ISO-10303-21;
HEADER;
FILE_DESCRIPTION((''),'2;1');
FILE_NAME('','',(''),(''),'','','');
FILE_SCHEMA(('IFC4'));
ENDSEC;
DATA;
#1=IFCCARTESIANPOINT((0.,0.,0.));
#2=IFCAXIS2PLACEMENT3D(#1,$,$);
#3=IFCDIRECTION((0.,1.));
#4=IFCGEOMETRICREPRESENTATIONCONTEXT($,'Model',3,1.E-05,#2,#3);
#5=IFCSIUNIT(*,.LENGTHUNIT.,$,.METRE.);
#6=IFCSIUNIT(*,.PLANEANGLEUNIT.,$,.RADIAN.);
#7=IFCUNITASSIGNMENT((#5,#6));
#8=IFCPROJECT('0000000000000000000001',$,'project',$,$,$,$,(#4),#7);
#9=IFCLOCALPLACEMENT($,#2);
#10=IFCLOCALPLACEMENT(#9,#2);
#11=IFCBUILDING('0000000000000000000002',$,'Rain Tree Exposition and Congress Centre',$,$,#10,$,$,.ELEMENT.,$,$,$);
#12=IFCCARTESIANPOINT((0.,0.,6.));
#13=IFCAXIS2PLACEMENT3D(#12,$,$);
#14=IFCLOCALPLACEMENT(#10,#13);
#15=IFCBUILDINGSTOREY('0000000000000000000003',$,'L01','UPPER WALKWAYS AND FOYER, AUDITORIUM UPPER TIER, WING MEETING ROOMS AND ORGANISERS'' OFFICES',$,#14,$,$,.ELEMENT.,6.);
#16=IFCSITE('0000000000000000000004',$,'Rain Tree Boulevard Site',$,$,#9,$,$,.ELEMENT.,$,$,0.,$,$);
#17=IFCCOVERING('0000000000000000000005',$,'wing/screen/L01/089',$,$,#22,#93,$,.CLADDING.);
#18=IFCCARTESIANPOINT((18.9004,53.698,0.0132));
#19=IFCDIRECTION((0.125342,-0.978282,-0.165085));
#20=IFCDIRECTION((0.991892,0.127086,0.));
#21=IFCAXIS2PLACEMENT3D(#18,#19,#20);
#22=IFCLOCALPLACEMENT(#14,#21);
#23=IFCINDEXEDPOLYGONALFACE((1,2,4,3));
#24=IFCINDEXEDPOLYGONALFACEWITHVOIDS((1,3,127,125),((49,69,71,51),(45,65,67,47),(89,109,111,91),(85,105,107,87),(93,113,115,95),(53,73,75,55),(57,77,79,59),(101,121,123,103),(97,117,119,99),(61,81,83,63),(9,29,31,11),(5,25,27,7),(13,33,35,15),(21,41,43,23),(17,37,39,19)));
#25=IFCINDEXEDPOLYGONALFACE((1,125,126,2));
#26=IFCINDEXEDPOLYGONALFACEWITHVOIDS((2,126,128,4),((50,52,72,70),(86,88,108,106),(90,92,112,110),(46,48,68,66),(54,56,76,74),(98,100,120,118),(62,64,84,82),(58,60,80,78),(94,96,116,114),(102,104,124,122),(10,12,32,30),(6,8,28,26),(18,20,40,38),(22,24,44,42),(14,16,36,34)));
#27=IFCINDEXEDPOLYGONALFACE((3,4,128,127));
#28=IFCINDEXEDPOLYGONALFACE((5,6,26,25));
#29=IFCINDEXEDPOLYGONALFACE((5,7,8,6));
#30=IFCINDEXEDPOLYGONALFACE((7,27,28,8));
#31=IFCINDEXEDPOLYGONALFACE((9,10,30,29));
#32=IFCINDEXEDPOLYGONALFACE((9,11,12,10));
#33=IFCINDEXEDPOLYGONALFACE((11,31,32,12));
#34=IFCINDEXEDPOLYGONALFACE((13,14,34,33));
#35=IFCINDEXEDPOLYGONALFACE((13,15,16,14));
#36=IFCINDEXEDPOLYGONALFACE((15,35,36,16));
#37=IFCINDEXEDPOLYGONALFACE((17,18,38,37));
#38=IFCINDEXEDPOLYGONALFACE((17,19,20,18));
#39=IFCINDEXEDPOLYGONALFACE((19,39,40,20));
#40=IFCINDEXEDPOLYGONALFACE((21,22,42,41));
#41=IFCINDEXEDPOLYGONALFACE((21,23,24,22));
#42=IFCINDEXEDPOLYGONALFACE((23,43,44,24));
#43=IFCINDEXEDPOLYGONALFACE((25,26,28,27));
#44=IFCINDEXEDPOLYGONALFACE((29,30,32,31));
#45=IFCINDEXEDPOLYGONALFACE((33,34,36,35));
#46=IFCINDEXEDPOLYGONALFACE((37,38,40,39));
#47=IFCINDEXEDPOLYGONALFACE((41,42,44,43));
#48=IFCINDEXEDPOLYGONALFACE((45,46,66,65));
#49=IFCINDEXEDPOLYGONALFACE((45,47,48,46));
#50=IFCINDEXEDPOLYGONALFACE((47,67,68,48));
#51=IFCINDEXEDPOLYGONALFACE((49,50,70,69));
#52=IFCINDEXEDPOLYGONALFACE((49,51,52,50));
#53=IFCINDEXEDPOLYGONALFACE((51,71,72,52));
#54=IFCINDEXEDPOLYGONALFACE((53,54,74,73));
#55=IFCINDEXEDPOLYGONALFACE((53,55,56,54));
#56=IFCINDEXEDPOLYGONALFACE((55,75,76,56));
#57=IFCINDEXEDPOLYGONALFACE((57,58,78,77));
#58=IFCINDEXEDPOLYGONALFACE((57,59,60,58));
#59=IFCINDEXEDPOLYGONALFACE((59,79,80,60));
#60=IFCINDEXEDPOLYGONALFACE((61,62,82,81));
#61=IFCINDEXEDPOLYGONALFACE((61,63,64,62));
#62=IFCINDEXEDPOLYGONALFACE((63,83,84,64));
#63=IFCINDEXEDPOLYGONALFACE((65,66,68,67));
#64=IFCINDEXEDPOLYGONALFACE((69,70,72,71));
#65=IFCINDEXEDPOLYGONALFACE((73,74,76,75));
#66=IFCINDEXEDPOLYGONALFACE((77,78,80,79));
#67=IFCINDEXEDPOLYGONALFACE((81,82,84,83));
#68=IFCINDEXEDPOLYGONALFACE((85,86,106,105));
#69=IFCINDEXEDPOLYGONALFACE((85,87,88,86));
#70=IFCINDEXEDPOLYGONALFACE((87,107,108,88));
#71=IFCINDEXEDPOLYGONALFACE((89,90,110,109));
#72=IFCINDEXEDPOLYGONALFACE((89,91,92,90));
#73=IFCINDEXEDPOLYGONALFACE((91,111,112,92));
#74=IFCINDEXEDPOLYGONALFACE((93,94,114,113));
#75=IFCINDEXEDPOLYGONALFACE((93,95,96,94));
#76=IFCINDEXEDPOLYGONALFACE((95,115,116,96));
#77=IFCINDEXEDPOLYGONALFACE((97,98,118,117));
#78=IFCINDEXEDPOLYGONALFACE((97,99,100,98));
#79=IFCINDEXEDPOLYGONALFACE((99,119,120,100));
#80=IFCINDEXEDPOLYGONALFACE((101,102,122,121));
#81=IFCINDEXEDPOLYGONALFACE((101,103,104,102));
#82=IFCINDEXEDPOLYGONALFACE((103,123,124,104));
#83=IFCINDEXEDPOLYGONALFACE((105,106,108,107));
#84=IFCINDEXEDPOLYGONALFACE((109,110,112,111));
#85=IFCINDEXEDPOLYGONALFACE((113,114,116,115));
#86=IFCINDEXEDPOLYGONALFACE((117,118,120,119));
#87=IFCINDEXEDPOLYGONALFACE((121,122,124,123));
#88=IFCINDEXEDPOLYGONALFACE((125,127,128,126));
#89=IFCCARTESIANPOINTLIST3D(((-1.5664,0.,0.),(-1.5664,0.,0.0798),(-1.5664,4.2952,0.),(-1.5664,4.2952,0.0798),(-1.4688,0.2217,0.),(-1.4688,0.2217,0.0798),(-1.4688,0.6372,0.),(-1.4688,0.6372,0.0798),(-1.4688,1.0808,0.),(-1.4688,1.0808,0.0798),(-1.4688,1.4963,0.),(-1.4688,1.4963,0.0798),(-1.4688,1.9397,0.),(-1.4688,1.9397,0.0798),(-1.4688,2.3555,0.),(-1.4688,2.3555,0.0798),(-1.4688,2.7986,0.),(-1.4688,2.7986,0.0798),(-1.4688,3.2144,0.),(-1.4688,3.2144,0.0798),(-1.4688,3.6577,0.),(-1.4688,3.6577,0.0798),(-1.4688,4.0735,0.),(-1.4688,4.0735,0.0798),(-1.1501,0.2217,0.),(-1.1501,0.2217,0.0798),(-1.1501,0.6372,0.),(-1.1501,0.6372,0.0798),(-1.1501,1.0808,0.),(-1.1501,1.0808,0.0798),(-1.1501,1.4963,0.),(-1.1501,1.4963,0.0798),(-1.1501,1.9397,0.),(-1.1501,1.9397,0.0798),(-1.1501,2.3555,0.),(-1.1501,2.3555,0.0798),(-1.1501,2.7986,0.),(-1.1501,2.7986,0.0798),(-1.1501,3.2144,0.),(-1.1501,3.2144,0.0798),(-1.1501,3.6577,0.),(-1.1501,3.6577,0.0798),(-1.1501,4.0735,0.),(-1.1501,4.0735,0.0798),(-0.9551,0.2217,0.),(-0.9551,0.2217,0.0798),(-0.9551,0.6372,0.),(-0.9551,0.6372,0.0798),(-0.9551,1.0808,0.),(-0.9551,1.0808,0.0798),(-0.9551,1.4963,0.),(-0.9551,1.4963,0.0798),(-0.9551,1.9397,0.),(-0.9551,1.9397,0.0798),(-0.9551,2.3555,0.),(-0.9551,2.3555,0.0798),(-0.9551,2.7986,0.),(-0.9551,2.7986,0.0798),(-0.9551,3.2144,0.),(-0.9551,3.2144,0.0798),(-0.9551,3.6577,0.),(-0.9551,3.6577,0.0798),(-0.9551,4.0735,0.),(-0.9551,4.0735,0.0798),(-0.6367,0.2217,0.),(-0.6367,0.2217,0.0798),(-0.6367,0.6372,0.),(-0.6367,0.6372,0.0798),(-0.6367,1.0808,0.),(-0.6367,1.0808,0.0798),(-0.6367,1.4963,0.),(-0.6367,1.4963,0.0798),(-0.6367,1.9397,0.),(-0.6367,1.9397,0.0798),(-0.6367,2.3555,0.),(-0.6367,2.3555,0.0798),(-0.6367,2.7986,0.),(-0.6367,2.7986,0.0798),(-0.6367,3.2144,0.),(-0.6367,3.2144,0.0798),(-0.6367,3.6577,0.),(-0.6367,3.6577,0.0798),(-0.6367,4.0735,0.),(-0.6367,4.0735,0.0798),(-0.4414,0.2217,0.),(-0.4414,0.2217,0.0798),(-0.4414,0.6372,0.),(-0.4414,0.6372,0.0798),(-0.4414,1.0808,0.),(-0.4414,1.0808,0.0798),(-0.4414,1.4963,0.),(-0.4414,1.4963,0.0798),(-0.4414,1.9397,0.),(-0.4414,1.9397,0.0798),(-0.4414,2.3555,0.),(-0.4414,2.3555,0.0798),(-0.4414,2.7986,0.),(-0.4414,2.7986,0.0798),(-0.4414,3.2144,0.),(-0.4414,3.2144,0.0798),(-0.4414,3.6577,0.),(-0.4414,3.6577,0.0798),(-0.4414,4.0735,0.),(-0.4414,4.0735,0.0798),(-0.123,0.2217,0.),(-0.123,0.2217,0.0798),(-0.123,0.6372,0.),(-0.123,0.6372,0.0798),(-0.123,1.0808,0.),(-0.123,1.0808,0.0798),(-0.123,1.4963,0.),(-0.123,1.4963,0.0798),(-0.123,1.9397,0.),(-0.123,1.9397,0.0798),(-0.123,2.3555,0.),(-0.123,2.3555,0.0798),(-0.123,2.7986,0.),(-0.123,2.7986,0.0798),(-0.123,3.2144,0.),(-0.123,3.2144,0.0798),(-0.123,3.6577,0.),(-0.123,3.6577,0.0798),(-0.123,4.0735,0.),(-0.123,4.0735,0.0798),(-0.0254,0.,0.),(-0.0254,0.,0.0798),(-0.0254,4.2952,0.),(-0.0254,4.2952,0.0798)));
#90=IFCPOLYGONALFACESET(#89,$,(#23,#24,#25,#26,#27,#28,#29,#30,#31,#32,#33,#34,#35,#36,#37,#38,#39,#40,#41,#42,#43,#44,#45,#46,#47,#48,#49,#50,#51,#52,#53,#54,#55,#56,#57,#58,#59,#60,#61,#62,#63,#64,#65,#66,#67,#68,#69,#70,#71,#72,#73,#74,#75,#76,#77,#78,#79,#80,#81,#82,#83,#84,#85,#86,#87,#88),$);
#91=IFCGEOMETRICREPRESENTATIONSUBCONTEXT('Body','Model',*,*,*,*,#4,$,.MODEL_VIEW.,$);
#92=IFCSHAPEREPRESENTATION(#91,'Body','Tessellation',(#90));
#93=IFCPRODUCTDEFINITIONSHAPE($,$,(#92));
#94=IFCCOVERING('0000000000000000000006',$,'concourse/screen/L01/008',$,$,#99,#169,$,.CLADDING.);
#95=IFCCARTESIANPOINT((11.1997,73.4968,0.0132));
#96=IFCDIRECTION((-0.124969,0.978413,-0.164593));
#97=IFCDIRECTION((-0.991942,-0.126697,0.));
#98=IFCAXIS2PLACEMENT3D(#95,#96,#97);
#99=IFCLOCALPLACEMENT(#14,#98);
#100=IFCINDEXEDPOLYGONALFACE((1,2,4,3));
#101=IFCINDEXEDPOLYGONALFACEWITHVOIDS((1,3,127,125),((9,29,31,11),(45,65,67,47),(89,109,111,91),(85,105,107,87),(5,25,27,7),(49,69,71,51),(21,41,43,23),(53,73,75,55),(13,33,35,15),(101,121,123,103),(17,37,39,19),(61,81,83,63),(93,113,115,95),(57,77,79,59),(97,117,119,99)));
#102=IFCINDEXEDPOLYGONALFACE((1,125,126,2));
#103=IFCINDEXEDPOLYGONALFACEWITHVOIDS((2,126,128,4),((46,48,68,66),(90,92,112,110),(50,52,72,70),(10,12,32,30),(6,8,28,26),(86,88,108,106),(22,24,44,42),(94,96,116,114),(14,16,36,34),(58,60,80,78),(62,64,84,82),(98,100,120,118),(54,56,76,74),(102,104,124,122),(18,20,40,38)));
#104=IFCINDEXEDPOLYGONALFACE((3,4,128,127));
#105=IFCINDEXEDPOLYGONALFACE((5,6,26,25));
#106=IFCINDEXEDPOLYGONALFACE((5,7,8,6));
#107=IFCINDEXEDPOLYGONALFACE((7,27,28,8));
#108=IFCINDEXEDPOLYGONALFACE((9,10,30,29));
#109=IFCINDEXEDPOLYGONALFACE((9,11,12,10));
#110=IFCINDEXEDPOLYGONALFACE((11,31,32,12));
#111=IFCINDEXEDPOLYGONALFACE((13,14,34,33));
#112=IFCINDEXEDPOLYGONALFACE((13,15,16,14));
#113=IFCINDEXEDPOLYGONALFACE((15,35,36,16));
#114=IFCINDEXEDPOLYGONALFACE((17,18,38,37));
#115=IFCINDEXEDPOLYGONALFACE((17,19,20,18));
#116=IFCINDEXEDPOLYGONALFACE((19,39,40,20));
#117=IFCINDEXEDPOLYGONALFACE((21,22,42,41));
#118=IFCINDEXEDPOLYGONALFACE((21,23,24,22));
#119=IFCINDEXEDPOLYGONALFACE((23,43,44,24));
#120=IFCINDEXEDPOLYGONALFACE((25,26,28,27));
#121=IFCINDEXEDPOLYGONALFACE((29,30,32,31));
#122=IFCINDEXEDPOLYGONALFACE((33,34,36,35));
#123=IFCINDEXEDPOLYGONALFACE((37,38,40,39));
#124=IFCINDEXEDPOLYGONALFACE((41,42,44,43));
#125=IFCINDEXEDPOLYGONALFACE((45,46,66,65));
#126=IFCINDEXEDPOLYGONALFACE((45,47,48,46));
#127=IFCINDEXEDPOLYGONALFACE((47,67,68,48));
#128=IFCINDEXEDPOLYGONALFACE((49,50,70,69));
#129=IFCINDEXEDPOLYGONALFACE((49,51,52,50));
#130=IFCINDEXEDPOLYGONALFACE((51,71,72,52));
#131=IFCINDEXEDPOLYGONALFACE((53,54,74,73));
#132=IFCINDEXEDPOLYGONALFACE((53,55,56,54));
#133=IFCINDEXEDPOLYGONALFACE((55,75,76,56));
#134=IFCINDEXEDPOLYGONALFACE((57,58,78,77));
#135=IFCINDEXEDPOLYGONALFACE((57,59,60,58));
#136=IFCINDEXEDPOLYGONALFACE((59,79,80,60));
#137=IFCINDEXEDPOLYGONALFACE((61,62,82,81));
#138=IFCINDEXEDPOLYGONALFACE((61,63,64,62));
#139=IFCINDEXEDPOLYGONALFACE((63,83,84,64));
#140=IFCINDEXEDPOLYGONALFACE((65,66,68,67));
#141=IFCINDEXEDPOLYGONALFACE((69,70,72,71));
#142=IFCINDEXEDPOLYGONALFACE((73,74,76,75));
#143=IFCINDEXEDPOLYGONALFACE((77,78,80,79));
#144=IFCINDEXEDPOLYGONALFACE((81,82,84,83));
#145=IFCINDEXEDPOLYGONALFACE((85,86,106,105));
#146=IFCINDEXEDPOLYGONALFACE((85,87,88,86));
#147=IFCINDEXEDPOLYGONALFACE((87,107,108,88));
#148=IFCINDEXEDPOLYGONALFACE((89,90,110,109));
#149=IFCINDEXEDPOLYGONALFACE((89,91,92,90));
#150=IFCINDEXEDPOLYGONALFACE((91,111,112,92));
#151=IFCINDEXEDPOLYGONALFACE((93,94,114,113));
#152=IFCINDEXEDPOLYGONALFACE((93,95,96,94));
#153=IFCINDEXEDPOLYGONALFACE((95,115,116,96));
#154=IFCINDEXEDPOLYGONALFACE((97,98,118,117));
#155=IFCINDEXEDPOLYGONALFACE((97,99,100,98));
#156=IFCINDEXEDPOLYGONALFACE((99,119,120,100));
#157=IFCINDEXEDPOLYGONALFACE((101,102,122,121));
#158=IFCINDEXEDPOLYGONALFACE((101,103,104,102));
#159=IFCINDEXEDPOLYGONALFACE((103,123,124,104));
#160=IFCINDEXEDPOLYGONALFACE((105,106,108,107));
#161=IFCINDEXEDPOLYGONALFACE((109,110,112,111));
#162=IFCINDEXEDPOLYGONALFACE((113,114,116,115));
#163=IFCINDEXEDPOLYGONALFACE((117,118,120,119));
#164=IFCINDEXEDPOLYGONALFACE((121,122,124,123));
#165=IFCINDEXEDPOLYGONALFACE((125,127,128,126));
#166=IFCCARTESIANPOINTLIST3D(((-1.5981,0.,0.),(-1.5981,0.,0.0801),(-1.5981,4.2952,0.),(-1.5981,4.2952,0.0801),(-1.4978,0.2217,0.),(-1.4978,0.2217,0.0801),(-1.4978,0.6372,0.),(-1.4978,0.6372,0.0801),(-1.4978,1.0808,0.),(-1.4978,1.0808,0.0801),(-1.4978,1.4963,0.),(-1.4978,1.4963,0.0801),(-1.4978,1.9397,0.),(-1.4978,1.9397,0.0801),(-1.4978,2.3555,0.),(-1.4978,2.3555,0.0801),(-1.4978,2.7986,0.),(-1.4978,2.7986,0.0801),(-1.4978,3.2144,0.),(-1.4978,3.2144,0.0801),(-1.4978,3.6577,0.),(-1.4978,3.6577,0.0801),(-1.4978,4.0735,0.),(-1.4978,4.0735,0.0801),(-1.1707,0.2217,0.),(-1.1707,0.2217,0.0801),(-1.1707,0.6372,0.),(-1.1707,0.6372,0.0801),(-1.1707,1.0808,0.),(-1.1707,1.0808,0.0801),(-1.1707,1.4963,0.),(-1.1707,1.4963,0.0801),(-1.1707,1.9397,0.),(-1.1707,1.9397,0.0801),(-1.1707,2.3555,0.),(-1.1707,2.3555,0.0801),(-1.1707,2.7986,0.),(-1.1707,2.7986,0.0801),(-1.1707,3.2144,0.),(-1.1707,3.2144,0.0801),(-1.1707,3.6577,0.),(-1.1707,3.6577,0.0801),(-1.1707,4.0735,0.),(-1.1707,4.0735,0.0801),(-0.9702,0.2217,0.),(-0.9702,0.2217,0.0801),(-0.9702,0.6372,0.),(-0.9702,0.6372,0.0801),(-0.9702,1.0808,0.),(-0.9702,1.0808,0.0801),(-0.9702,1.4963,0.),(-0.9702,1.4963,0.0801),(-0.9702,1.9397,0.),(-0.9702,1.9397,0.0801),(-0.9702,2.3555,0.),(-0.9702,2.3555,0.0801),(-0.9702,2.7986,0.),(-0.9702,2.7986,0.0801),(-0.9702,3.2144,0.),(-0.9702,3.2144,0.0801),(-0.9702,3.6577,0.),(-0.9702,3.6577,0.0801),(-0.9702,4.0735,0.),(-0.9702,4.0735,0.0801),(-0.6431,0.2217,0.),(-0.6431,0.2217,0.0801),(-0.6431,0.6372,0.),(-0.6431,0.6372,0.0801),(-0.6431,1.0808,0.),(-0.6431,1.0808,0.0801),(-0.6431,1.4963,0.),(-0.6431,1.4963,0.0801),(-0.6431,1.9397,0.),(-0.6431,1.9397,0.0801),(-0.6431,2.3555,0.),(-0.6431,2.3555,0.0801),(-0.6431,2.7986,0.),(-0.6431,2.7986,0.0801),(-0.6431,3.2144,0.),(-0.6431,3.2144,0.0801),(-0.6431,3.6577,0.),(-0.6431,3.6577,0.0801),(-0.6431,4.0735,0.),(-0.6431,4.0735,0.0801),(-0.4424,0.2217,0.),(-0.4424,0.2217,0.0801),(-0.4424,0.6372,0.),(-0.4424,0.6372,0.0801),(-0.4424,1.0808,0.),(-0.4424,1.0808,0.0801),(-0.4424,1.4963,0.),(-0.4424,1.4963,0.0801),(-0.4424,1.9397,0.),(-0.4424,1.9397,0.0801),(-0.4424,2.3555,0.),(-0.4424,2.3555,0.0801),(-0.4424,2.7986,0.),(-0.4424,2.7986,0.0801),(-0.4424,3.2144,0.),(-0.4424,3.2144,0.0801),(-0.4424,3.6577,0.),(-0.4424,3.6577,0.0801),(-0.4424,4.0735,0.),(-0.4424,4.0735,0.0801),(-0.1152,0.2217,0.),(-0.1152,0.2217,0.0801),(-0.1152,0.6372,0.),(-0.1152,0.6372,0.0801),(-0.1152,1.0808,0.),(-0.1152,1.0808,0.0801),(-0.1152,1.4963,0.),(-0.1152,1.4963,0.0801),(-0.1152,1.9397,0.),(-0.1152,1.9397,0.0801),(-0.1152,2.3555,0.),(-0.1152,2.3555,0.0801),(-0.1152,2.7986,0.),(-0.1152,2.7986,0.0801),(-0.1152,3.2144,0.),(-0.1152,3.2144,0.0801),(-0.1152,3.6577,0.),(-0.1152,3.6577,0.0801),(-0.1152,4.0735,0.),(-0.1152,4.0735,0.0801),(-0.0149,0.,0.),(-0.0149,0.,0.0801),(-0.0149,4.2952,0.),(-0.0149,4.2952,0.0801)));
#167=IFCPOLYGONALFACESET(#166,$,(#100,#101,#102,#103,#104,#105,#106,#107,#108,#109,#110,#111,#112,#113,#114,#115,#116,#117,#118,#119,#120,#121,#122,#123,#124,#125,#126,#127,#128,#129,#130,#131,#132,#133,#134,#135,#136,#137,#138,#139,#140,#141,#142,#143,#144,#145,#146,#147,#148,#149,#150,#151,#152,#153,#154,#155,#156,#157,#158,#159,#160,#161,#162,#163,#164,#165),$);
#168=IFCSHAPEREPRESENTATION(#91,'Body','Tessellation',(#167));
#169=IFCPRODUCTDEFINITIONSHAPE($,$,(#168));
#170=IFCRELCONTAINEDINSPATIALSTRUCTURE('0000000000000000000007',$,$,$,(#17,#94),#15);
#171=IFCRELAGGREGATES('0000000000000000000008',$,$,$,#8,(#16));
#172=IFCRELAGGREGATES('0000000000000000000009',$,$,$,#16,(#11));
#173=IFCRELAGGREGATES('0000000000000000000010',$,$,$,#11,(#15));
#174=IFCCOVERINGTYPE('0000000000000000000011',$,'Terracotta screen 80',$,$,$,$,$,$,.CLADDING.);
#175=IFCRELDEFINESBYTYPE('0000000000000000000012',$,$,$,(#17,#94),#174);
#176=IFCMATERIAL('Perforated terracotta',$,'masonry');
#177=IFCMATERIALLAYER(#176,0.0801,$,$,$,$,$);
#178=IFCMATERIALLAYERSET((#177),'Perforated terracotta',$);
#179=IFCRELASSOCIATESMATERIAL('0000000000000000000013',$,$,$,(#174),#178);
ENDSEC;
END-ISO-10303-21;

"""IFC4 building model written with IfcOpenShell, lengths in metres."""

from ifc_helpers import new_model, si_unit, direction, frame, origin, place, context, subcontext, project, spatial, polyline, outline, extrude, material, layer, layer_set, type_object, element, save


model = new_model("IFC4")

# Units and contexts
model_context = context("Model", 3, precision=1e-05, world=origin(), true_north=direction((0.0, 1.0)))
body_context = subcontext(model_context, "Body", "Model", "MODEL_VIEW")
ifc_project = project(units=[si_unit("LENGTHUNIT", "METRE"), si_unit("PLANEANGLEUNIT", "RADIAN")], contexts=[model_context])

# Site, building, storey
site_placement = place(None, origin())
site = spatial("IfcSite", under=ifc_project, at=site_placement, Name="Rain Tree Boulevard Site", CompositionType="ELEMENT", RefElevation=0.0)
building_placement = place(site_placement, origin())
building = spatial("IfcBuilding", under=site, at=building_placement, Name="Rain Tree Exposition and Congress Centre", CompositionType="ELEMENT")
storey_placement = place(building_placement, frame((0.0, 0.0, 6.0)))
storey = spatial("IfcBuildingStorey", under=building, at=storey_placement, Name="L01", Description="UPPER WALKWAYS AND FOYER, AUDITORIUM UPPER TIER, WING MEETING ROOMS AND ORGANISERS' OFFICES", CompositionType="ELEMENT", Elevation=6.0)

# Coverings
ifc_material_1 = material(Name="Perforated terracotta", Category="masonry")
ifc_layer_1 = layer(ifc_material_1, 0.0801)
ifc_layer_set_1 = layer_set([ifc_layer_1], Name="Perforated terracotta")
covering_type = type_object("IfcCoveringType", Name="Terracotta screen 80", PredefinedType="CLADDING", material=ifc_layer_set_1)
covering_1_placement = place(storey_placement, frame((18.9004, 53.698, 0.0132), z_axis=(0.125342, -0.978282, -0.165085), x_axis=(0.991892, 0.127086, 0.0)))
element("IfcCovering", 1, at=covering_1_placement, inside=storey, type_object=covering_type, Name="wing/screen/L01/089", PredefinedType="CLADDING", context=body_context, shape_type="SweptSolid", body=[
    extrude(outline(polyline([(-1.5664, 0.0), (-1.5664, 4.2952), (-0.0254, 4.2952), (-0.0254, 0.0), (-1.5664, 0.0)]), holes=[polyline([(-0.123, 0.2217), (-0.123, 0.6372), (-0.4414, 0.6372), (-0.4414, 0.2217), (-0.123, 0.2217)]), polyline([(-0.123, 1.0808), (-0.123, 1.4963), (-0.4414, 1.4963), (-0.4414, 1.0808), (-0.123, 1.0808)]), polyline([(-0.123, 1.9397), (-0.123, 2.3555), (-0.4414, 2.3555), (-0.4414, 1.9397), (-0.123, 1.9397)]), polyline([(-0.123, 2.7986), (-0.123, 3.2144), (-0.4414, 3.2144), (-0.4414, 2.7986), (-0.123, 2.7986)]), polyline([(-0.123, 3.6577), (-0.123, 4.0735), (-0.4414, 4.0735), (-0.4414, 3.6577), (-0.123, 3.6577)]), polyline([(-0.6367, 0.2217), (-0.6367, 0.6372), (-0.9551, 0.6372), (-0.9551, 0.2217), (-0.6367, 0.2217)]), polyline([(-0.6367, 1.0808), (-0.6367, 1.4963), (-0.9551, 1.4963), (-0.9551, 1.0808), (-0.6367, 1.0808)]), polyline([(-0.6367, 1.9397), (-0.6367, 2.3555), (-0.9551, 2.3555), (-0.9551, 1.9397), (-0.6367, 1.9397)]), polyline([(-0.6367, 2.7986), (-0.6367, 3.2144), (-0.9551, 3.2144), (-0.9551, 2.7986), (-0.6367, 2.7986)]), polyline([(-0.6367, 3.6577), (-0.6367, 4.0735), (-0.9551, 4.0735), (-0.9551, 3.6577), (-0.6367, 3.6577)]), polyline([(-1.1501, 0.2217), (-1.1501, 0.6372), (-1.4688, 0.6372), (-1.4688, 0.2217), (-1.1501, 0.2217)]), polyline([(-1.1501, 1.0808), (-1.1501, 1.4963), (-1.4688, 1.4963), (-1.4688, 1.0808), (-1.1501, 1.0808)]), polyline([(-1.1501, 1.9397), (-1.1501, 2.3555), (-1.4688, 2.3555), (-1.4688, 1.9397), (-1.1501, 1.9397)]), polyline([(-1.1501, 2.7986), (-1.1501, 3.2144), (-1.4688, 3.2144), (-1.4688, 2.7986), (-1.1501, 2.7986)]), polyline([(-1.1501, 3.6577), (-1.1501, 4.0735), (-1.4688, 4.0735), (-1.4688, 3.6577), (-1.1501, 3.6577)])]), origin(), (0.0, 0.0, 1.0), 0.0798),
])
covering_2_placement = place(storey_placement, frame((11.1997, 73.4968, 0.0132), z_axis=(-0.124969, 0.978413, -0.164593), x_axis=(-0.991942, -0.126697, 0.0)))
element("IfcCovering", 2, at=covering_2_placement, inside=storey, type_object=covering_type, Name="concourse/screen/L01/008", PredefinedType="CLADDING", context=body_context, shape_type="SweptSolid", body=[
    extrude(outline(polyline([(-1.5981, 0.0), (-1.5981, 4.2952), (-0.0149, 4.2952), (-0.0149, 0.0), (-1.5981, 0.0)]), holes=[polyline([(-0.1152, 0.2217), (-0.1152, 0.6372), (-0.4424, 0.6372), (-0.4424, 0.2217), (-0.1152, 0.2217)]), polyline([(-0.1152, 1.0808), (-0.1152, 1.4963), (-0.4424, 1.4963), (-0.4424, 1.0808), (-0.1152, 1.0808)]), polyline([(-0.1152, 1.9397), (-0.1152, 2.3555), (-0.4424, 2.3555), (-0.4424, 1.9397), (-0.1152, 1.9397)]), polyline([(-0.1152, 2.7986), (-0.1152, 3.2144), (-0.4424, 3.2144), (-0.4424, 2.7986), (-0.1152, 2.7986)]), polyline([(-0.1152, 3.6577), (-0.1152, 4.0735), (-0.4424, 4.0735), (-0.4424, 3.6577), (-0.1152, 3.6577)]), polyline([(-0.6431, 0.2217), (-0.6431, 0.6372), (-0.9702, 0.6372), (-0.9702, 0.2217), (-0.6431, 0.2217)]), polyline([(-0.6431, 1.0808), (-0.6431, 1.4963), (-0.9702, 1.4963), (-0.9702, 1.0808), (-0.6431, 1.0808)]), polyline([(-0.6431, 1.9397), (-0.6431, 2.3555), (-0.9702, 2.3555), (-0.9702, 1.9397), (-0.6431, 1.9397)]), polyline([(-0.6431, 2.7986), (-0.6431, 3.2144), (-0.9702, 3.2144), (-0.9702, 2.7986), (-0.6431, 2.7986)]), polyline([(-0.6431, 3.6577), (-0.6431, 4.0735), (-0.9702, 4.0735), (-0.9702, 3.6577), (-0.6431, 3.6577)]), polyline([(-1.1707, 0.2217), (-1.1707, 0.6372), (-1.4978, 0.6372), (-1.4978, 0.2217), (-1.1707, 0.2217)]), polyline([(-1.1707, 1.0808), (-1.1707, 1.4963), (-1.4978, 1.4963), (-1.4978, 1.0808), (-1.1707, 1.0808)]), polyline([(-1.1707, 1.9397), (-1.1707, 2.3555), (-1.4978, 2.3555), (-1.4978, 1.9397), (-1.1707, 1.9397)]), polyline([(-1.1707, 2.7986), (-1.1707, 3.2144), (-1.4978, 3.2144), (-1.4978, 2.7986), (-1.1707, 2.7986)]), polyline([(-1.1707, 3.6577), (-1.1707, 4.0735), (-1.4978, 4.0735), (-1.4978, 3.6577), (-1.1707, 3.6577)])]), origin(), (0.0, 0.0, 1.0), 0.0801),
])

save(model, "model.ifc")
